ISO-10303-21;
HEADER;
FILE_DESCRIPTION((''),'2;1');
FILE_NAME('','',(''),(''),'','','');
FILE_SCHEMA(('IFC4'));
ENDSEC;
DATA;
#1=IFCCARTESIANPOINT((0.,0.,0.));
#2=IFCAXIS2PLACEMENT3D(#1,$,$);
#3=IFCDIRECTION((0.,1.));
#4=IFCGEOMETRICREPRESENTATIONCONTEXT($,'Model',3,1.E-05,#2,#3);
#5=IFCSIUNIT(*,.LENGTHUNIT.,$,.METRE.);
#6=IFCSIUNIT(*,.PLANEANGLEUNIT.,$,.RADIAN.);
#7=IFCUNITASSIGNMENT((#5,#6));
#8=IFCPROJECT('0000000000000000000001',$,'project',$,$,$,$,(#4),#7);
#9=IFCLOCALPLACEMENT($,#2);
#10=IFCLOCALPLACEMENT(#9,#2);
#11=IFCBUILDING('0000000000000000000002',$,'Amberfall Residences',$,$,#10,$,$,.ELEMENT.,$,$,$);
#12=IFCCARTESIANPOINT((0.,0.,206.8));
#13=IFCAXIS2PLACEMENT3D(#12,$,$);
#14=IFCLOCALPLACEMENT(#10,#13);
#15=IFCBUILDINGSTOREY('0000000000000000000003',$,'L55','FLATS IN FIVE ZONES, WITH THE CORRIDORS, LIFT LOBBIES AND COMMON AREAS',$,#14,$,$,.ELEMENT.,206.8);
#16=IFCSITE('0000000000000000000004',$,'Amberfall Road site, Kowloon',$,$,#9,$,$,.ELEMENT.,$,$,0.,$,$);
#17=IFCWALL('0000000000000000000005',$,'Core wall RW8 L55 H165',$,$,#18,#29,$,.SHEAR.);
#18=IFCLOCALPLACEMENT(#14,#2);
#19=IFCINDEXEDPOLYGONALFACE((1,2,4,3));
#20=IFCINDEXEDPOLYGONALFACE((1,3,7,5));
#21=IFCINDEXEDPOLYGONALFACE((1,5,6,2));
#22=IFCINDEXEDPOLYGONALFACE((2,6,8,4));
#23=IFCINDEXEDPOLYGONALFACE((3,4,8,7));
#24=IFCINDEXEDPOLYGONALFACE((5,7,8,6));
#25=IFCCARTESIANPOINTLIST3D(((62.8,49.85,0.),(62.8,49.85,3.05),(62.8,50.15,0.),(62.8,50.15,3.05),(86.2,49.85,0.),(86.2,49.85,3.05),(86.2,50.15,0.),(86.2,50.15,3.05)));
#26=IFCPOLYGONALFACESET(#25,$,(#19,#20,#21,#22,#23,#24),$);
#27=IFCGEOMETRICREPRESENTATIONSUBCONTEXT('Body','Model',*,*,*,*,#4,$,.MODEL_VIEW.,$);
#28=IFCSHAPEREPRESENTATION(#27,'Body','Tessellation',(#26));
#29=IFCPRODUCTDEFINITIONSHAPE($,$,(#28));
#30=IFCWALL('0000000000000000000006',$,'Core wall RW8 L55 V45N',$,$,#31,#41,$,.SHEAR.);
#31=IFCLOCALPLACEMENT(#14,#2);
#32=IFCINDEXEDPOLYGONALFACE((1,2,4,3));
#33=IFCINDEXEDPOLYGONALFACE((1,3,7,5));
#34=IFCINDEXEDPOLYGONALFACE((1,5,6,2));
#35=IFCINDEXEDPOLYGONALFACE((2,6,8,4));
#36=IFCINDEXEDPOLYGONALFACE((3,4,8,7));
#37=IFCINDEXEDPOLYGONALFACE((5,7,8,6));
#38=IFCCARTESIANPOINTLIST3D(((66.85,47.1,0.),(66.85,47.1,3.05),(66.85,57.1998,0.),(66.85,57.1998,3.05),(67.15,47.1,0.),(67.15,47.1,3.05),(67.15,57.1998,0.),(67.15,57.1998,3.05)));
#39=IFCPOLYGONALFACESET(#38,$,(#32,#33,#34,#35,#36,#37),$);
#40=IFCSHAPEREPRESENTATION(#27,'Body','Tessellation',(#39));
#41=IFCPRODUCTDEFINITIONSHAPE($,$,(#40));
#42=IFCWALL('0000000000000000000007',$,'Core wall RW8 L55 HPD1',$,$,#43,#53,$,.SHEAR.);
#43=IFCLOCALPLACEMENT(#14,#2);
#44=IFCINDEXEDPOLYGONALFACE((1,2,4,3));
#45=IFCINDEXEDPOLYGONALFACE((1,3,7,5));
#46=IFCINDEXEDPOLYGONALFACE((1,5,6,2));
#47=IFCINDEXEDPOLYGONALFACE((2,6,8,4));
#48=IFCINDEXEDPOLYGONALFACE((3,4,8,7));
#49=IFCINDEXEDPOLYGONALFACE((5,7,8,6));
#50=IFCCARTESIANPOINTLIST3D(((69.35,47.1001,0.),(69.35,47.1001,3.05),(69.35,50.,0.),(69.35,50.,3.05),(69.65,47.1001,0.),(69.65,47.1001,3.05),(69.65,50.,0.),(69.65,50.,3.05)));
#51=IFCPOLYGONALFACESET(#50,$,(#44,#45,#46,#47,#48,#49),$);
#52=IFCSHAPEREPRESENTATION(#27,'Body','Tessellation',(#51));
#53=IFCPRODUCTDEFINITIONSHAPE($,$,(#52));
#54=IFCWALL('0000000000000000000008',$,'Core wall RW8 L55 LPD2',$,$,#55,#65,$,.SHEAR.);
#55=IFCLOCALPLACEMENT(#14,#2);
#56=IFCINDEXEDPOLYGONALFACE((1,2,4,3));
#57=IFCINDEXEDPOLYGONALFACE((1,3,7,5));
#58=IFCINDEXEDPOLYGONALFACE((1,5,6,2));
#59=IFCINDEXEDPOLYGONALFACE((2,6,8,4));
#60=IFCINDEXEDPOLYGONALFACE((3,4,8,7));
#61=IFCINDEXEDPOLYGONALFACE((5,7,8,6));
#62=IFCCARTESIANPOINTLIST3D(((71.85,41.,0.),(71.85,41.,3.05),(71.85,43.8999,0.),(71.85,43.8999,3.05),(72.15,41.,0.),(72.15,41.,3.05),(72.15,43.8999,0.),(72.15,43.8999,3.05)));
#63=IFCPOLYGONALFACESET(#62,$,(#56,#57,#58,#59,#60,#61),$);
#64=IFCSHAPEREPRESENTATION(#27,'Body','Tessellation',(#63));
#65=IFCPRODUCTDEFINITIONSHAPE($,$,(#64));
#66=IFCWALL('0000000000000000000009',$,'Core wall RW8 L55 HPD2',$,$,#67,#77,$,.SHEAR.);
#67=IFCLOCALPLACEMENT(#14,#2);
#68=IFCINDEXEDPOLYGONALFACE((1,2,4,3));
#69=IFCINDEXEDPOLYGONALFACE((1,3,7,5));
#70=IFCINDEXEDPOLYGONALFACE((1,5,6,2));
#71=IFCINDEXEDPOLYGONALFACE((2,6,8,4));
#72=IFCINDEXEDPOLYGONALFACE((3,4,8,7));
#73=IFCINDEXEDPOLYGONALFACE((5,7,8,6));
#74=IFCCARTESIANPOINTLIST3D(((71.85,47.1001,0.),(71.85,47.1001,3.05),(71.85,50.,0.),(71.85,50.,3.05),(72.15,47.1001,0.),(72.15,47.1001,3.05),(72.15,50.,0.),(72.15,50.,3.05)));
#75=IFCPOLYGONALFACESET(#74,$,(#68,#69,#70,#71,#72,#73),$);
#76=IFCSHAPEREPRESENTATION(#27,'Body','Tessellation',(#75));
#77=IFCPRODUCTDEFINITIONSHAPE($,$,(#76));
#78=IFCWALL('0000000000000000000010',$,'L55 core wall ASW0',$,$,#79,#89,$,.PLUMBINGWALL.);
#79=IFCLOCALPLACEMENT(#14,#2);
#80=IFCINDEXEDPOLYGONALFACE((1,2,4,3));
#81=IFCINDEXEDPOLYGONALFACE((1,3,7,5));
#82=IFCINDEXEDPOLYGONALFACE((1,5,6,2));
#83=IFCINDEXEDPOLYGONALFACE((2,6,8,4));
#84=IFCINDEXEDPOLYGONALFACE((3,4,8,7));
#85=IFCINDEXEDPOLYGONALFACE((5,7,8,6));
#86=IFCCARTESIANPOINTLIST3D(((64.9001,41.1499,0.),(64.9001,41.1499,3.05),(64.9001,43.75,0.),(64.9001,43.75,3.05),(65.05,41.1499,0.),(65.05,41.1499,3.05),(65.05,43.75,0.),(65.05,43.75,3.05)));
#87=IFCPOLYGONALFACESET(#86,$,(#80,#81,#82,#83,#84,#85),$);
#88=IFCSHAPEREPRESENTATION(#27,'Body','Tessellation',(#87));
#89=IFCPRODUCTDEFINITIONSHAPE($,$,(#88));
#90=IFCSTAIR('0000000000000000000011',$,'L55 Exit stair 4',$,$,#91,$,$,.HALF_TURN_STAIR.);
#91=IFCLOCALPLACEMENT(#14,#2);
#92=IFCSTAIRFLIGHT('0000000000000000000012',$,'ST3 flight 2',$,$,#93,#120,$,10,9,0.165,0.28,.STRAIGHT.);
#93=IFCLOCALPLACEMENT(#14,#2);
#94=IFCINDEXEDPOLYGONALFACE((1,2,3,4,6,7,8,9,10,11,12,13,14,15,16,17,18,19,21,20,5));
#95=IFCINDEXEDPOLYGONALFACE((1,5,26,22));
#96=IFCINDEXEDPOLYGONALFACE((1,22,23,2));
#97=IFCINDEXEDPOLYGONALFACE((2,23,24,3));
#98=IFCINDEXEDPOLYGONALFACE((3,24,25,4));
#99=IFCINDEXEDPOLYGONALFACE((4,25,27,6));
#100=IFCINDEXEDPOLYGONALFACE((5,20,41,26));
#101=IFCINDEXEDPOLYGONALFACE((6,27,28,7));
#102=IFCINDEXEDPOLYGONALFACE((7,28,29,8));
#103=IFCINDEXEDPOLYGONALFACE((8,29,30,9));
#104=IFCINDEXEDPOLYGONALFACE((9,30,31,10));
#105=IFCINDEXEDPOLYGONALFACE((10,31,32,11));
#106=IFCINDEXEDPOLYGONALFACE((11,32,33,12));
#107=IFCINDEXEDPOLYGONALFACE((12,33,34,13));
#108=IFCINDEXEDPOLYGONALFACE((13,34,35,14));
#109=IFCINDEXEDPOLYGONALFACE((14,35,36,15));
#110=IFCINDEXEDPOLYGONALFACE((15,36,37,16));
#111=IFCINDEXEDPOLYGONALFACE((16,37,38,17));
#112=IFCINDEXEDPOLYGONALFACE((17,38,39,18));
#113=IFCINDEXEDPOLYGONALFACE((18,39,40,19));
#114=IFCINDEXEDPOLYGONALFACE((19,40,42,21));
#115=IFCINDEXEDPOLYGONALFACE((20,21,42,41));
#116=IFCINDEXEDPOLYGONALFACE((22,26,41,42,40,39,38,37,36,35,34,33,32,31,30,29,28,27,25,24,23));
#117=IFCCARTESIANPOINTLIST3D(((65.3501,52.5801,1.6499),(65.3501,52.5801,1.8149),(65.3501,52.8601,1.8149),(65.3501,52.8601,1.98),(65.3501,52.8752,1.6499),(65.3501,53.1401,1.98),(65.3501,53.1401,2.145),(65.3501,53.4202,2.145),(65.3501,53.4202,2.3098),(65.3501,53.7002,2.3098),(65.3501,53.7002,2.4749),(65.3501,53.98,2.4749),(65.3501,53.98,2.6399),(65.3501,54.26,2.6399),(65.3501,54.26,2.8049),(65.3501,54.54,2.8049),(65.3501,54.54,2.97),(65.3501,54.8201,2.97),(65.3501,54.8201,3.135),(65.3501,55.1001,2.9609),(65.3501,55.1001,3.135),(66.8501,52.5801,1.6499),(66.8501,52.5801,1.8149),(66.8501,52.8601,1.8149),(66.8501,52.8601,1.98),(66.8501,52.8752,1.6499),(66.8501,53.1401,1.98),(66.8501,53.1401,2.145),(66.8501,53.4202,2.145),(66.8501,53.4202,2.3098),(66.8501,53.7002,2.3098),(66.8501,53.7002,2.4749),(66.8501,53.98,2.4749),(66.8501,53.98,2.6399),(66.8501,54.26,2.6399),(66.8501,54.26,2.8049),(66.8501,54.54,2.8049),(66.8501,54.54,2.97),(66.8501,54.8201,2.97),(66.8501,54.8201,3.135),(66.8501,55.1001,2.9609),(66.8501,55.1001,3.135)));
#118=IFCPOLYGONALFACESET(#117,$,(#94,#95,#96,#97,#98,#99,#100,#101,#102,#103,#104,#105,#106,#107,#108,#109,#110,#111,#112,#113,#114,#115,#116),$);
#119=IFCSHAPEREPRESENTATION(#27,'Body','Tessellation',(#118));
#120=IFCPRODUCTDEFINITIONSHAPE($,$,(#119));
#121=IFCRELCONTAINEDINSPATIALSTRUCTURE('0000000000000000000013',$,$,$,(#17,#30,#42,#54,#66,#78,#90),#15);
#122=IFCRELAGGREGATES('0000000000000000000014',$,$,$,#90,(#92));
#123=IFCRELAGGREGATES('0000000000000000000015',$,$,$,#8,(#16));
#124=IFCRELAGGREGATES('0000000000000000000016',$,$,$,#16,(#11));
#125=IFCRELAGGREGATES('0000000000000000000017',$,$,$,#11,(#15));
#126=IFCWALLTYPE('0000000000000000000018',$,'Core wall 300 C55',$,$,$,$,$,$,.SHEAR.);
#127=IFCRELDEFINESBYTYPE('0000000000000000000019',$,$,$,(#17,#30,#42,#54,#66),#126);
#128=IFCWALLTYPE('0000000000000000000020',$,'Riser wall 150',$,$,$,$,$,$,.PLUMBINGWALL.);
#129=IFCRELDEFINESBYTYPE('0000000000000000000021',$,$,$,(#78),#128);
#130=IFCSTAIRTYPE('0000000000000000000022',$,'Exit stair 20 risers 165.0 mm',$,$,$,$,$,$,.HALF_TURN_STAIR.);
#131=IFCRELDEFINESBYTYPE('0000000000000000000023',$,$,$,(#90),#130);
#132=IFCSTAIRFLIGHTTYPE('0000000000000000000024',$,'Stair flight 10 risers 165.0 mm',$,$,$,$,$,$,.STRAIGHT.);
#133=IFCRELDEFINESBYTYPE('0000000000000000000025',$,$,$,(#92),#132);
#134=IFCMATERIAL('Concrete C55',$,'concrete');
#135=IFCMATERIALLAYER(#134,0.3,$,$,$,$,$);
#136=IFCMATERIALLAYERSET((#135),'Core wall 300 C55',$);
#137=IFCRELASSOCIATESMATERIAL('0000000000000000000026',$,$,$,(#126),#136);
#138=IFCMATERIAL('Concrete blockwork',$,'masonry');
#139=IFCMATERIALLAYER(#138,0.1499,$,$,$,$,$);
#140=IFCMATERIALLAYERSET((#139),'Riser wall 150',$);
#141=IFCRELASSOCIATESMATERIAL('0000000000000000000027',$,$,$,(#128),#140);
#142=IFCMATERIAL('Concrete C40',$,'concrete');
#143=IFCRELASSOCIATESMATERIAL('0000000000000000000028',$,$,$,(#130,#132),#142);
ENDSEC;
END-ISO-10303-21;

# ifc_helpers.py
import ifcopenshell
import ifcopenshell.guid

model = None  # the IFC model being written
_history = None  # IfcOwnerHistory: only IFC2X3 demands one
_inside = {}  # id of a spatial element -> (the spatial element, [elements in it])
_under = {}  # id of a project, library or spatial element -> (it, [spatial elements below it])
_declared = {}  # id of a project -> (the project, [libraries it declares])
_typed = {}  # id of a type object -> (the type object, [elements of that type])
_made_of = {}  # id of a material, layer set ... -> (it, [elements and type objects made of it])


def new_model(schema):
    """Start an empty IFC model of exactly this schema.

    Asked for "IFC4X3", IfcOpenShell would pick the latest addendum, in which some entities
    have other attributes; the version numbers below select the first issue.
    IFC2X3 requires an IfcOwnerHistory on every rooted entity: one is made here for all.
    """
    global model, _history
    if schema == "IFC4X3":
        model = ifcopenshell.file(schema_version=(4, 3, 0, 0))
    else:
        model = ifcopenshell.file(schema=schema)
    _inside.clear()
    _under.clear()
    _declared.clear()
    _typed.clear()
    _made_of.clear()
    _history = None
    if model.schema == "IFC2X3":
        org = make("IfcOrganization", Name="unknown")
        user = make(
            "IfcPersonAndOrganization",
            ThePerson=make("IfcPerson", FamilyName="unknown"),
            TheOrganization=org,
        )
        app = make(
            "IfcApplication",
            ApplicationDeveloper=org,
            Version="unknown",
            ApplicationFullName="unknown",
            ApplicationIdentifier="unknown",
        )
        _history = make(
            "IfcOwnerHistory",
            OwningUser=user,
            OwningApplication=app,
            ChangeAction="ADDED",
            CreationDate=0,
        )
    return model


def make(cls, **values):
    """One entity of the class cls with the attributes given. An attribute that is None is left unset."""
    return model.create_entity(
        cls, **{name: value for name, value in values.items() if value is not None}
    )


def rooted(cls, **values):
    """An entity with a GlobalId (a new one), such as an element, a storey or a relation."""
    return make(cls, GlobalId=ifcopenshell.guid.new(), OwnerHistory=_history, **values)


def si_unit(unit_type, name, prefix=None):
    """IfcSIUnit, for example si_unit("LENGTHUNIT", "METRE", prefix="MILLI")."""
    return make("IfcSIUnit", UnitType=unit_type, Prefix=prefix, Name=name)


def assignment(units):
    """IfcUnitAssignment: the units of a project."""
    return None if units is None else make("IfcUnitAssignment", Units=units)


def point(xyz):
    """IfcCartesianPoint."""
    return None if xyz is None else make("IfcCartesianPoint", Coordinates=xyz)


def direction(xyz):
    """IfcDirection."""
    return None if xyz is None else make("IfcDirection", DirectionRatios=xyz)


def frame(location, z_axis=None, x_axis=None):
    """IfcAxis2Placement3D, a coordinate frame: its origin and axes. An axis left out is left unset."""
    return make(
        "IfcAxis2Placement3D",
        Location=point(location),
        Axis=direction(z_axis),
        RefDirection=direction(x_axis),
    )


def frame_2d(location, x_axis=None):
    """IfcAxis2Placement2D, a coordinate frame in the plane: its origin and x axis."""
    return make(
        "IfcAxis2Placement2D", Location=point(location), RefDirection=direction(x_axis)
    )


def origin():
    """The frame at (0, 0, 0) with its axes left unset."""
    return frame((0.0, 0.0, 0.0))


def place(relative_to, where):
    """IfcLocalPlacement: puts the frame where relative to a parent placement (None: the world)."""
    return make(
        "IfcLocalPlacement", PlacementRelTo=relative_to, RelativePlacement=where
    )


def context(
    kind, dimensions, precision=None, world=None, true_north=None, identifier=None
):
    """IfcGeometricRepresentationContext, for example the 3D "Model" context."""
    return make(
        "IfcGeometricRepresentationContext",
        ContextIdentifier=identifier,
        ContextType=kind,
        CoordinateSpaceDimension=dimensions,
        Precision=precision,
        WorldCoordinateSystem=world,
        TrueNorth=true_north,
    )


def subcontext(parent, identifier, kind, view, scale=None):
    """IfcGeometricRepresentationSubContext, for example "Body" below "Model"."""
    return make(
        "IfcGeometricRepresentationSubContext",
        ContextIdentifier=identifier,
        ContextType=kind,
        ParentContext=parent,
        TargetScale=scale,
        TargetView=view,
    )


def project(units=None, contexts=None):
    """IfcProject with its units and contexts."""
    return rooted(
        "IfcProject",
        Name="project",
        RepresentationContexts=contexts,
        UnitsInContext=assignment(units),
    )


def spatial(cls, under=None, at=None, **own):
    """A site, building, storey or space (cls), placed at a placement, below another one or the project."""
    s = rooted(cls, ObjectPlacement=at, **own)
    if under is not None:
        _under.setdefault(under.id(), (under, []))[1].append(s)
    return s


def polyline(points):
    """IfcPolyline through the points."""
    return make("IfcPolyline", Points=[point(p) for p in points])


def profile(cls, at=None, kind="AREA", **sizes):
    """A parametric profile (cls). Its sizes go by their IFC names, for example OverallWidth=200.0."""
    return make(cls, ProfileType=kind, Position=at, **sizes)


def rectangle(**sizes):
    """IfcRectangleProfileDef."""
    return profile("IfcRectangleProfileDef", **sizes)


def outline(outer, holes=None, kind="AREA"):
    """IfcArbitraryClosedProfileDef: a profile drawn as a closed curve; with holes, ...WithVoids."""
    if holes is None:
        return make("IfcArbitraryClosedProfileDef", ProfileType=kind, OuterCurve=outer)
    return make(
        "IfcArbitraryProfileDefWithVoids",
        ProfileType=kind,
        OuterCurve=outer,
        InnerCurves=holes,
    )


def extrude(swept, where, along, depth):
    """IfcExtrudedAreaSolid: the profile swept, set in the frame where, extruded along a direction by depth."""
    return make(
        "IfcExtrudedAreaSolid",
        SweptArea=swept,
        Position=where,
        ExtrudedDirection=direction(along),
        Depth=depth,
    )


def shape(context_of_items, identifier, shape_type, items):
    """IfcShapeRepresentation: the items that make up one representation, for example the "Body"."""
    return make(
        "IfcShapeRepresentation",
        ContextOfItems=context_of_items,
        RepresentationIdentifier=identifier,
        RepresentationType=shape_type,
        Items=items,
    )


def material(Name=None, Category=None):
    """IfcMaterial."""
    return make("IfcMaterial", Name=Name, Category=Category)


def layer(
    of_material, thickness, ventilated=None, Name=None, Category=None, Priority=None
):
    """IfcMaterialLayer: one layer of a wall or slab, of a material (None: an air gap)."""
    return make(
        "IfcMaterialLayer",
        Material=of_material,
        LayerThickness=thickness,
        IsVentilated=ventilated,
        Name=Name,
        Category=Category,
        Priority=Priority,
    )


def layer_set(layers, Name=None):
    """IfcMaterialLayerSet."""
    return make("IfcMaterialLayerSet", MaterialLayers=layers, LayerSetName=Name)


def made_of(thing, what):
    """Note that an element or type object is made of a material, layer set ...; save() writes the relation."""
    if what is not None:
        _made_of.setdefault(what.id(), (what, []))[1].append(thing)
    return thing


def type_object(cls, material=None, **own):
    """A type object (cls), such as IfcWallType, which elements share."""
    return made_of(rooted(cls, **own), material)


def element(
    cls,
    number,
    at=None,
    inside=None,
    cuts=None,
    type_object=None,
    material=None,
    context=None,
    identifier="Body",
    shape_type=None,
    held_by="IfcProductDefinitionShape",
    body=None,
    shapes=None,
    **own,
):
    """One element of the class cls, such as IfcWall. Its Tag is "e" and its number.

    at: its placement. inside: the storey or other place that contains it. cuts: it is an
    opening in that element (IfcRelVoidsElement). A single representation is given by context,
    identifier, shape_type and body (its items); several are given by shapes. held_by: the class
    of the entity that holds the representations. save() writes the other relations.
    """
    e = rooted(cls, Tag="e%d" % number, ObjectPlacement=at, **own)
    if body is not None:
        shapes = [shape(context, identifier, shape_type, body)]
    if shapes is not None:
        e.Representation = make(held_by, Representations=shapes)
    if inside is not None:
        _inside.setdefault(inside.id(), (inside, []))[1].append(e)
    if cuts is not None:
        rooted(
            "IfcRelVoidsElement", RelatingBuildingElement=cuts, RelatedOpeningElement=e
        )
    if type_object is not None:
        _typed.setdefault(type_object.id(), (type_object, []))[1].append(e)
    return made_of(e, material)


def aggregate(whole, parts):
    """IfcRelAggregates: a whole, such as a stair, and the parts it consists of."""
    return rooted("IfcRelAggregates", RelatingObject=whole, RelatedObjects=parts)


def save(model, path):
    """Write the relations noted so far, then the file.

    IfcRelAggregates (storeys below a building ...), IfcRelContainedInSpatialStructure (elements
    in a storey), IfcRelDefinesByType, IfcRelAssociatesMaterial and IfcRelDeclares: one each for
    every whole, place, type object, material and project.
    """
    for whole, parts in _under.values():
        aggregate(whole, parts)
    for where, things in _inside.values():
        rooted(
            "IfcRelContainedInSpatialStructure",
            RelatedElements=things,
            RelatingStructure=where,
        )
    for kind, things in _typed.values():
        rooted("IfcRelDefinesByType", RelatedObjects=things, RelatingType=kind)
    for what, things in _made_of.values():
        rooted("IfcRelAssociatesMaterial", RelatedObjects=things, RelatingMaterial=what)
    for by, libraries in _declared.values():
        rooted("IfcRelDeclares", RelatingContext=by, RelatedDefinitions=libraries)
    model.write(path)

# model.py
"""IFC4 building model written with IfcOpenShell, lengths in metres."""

from ifc_helpers import new_model, si_unit, direction, frame, frame_2d, origin, place, context, subcontext, project, spatial, polyline, rectangle, outline, extrude, material, layer, layer_set, type_object, element, aggregate, save


model = new_model("IFC4")

# Units and contexts
model_context = context("Model", 3, precision=1e-05, world=origin(), true_north=direction((0.0, 1.0)))
body_context = subcontext(model_context, "Body", "Model", "MODEL_VIEW")
ifc_project = project(units=[si_unit("LENGTHUNIT", "METRE"), si_unit("PLANEANGLEUNIT", "RADIAN")], contexts=[model_context])

# Site, building, storey
site_placement = place(None, origin())
site = spatial("IfcSite", under=ifc_project, at=site_placement, Name="Amberfall Road site, Kowloon", CompositionType="ELEMENT", RefElevation=0.0)
building_placement = place(site_placement, origin())
building = spatial("IfcBuilding", under=site, at=building_placement, Name="Amberfall Residences", CompositionType="ELEMENT")
storey_placement = place(building_placement, frame((0.0, 0.0, 206.8)))
storey = spatial("IfcBuildingStorey", under=building, at=storey_placement, Name="L55", Description="FLATS IN FIVE ZONES, WITH THE CORRIDORS, LIFT LOBBIES AND COMMON AREAS", CompositionType="ELEMENT", Elevation=206.8)

# Shared definitions
ifc_material_1 = material(Name="Concrete C55", Category="concrete")
ifc_layer_1 = layer(ifc_material_1, 0.3)
ifc_layer_set_1 = layer_set([ifc_layer_1], Name="Core wall 300 C55")
wall_type_1 = type_object("IfcWallType", Name="Core wall 300 C55", PredefinedType="SHEAR", material=ifc_layer_set_1)

# Walls
wall_1_placement = place(storey_placement, frame((62.8, 50.0, 0.0), z_axis=(0.0, 0.0, 1.0), x_axis=(1.0, 0.0, 0.0)))
element("IfcWall", 1, at=wall_1_placement, inside=storey, type_object=wall_type_1, Name="Core wall RW8 L55 H165", PredefinedType="SHEAR", context=body_context, shape_type="SweptSolid", body=[
    extrude(rectangle(XDim=23.3999, YDim=0.3, at=frame_2d((11.7, 0.0))), origin(), (0.0, 0.0, 1.0), 3.05),
])
wall_2_placement = place(storey_placement, frame((67.0, 47.1001, 0.0), z_axis=(0.0, 0.0, 1.0), x_axis=(0.0, 1.0, 0.0)))
element("IfcWall", 2, at=wall_2_placement, inside=storey, type_object=wall_type_1, Name="Core wall RW8 L55 V45N", PredefinedType="SHEAR", context=body_context, shape_type="SweptSolid", body=[
    extrude(rectangle(XDim=10.0999, YDim=0.3, at=frame_2d((5.0498, 0.0))), origin(), (0.0, 0.0, 1.0), 3.05),
])
for number, where, z_axis, x_axis, name in (
    (3, (69.5, 47.1001, 0.0), (0.0, 0.0, 1.0), (0.0, 1.0, 0.0), "Core wall RW8 L55 HPD1"),
    (4, (72.0, 41.0, 0.0), (0.0, 0.0, 1.0), (0.0, 1.0, 0.0), "Core wall RW8 L55 LPD2"),
    (5, (72.0, 47.1001, 0.0), (0.0, 0.0, 1.0), (0.0, 1.0, 0.0), "Core wall RW8 L55 HPD2"),
):
    element("IfcWall", number, at=place(storey_placement, frame(where, z_axis=z_axis, x_axis=x_axis)), inside=storey, type_object=wall_type_1, Name=name, PredefinedType="SHEAR", context=body_context, shape_type="SweptSolid", body=[
        extrude(rectangle(XDim=2.8999, YDim=0.3, at=frame_2d((1.45, 0.0))), origin(), (0.0, 0.0, 1.0), 3.05),
    ])
ifc_material_2 = material(Name="Concrete blockwork", Category="masonry")
ifc_layer_2 = layer(ifc_material_2, 0.1499)
ifc_layer_set_2 = layer_set([ifc_layer_2], Name="Riser wall 150")
wall_type_2 = type_object("IfcWallType", Name="Riser wall 150", PredefinedType="PLUMBINGWALL", material=ifc_layer_set_2)
wall_3_placement = place(storey_placement, frame((64.9751, 41.1499, 0.0), z_axis=(0.0, 0.0, 1.0), x_axis=(0.0, 1.0, 0.0)))
element("IfcWall", 6, at=wall_3_placement, inside=storey, type_object=wall_type_2, Name="L55 core wall ASW0", PredefinedType="PLUMBINGWALL", context=body_context, shape_type="SweptSolid", body=[
    extrude(rectangle(XDim=2.6001, YDim=0.1499, at=frame_2d((1.3, 0.0))), origin(), (0.0, 0.0, 1.0), 3.05),
])

# Stair, stair flight
ifc_material_3 = material(Name="Concrete C40", Category="concrete")
stair_type = type_object("IfcStairType", Name="Exit stair 20 risers 165.0 mm", PredefinedType="HALF_TURN_STAIR", material=ifc_material_3)
stair_placement = place(storey_placement, origin())
stair = element("IfcStair", 7, at=stair_placement, inside=storey, type_object=stair_type, Name="L55 Exit stair 4", PredefinedType="HALF_TURN_STAIR")
stair_flight_type = type_object("IfcStairFlightType", Name="Stair flight 10 risers 165.0 mm", PredefinedType="STRAIGHT", material=ifc_material_3)
stair_flight_placement = place(storey_placement, frame((66.1001, 52.5801, 1.6499), z_axis=(0.0, 0.0, 1.0), x_axis=(0.0, 1.0, 0.0)))
stair_flight = element("IfcStairFlight", 8, at=stair_flight_placement, type_object=stair_flight_type, Name="ST3 flight 2", NumberOfRisers=10, NumberOfTreads=9, PredefinedType="STRAIGHT", RiserHeight=0.165, TreadLength=0.28, context=body_context, shape_type="SweptSolid", body=[
    extrude(outline(polyline([(0.0, 0.0), (0.0, 0.165), (0.28, 0.165), (0.28, 0.3301), (0.5601, 0.3301), (0.5601, 0.4951), (0.8401, 0.4951), (0.8401, 0.6599), (1.1201, 0.6599), (1.1201, 0.825), (1.3999, 0.825), (1.3999, 0.99), (1.6799, 0.99), (1.6799, 1.155), (1.96, 1.155), (1.96, 1.3201), (2.24, 1.3201), (2.24, 1.4851), (2.52, 1.4851), (2.52, 1.6499), (2.52, 1.311), (0.2952, 0.0), (0.0, 0.0)])), frame((0.0, 0.75, 0.0), z_axis=(0.0, -1.0, 0.0), x_axis=(1.0, 0.0, 0.0)), (0.0, 0.0, 1.0), 1.5),
])
aggregate(stair, [stair_flight])

save(model, "model.ifc")
